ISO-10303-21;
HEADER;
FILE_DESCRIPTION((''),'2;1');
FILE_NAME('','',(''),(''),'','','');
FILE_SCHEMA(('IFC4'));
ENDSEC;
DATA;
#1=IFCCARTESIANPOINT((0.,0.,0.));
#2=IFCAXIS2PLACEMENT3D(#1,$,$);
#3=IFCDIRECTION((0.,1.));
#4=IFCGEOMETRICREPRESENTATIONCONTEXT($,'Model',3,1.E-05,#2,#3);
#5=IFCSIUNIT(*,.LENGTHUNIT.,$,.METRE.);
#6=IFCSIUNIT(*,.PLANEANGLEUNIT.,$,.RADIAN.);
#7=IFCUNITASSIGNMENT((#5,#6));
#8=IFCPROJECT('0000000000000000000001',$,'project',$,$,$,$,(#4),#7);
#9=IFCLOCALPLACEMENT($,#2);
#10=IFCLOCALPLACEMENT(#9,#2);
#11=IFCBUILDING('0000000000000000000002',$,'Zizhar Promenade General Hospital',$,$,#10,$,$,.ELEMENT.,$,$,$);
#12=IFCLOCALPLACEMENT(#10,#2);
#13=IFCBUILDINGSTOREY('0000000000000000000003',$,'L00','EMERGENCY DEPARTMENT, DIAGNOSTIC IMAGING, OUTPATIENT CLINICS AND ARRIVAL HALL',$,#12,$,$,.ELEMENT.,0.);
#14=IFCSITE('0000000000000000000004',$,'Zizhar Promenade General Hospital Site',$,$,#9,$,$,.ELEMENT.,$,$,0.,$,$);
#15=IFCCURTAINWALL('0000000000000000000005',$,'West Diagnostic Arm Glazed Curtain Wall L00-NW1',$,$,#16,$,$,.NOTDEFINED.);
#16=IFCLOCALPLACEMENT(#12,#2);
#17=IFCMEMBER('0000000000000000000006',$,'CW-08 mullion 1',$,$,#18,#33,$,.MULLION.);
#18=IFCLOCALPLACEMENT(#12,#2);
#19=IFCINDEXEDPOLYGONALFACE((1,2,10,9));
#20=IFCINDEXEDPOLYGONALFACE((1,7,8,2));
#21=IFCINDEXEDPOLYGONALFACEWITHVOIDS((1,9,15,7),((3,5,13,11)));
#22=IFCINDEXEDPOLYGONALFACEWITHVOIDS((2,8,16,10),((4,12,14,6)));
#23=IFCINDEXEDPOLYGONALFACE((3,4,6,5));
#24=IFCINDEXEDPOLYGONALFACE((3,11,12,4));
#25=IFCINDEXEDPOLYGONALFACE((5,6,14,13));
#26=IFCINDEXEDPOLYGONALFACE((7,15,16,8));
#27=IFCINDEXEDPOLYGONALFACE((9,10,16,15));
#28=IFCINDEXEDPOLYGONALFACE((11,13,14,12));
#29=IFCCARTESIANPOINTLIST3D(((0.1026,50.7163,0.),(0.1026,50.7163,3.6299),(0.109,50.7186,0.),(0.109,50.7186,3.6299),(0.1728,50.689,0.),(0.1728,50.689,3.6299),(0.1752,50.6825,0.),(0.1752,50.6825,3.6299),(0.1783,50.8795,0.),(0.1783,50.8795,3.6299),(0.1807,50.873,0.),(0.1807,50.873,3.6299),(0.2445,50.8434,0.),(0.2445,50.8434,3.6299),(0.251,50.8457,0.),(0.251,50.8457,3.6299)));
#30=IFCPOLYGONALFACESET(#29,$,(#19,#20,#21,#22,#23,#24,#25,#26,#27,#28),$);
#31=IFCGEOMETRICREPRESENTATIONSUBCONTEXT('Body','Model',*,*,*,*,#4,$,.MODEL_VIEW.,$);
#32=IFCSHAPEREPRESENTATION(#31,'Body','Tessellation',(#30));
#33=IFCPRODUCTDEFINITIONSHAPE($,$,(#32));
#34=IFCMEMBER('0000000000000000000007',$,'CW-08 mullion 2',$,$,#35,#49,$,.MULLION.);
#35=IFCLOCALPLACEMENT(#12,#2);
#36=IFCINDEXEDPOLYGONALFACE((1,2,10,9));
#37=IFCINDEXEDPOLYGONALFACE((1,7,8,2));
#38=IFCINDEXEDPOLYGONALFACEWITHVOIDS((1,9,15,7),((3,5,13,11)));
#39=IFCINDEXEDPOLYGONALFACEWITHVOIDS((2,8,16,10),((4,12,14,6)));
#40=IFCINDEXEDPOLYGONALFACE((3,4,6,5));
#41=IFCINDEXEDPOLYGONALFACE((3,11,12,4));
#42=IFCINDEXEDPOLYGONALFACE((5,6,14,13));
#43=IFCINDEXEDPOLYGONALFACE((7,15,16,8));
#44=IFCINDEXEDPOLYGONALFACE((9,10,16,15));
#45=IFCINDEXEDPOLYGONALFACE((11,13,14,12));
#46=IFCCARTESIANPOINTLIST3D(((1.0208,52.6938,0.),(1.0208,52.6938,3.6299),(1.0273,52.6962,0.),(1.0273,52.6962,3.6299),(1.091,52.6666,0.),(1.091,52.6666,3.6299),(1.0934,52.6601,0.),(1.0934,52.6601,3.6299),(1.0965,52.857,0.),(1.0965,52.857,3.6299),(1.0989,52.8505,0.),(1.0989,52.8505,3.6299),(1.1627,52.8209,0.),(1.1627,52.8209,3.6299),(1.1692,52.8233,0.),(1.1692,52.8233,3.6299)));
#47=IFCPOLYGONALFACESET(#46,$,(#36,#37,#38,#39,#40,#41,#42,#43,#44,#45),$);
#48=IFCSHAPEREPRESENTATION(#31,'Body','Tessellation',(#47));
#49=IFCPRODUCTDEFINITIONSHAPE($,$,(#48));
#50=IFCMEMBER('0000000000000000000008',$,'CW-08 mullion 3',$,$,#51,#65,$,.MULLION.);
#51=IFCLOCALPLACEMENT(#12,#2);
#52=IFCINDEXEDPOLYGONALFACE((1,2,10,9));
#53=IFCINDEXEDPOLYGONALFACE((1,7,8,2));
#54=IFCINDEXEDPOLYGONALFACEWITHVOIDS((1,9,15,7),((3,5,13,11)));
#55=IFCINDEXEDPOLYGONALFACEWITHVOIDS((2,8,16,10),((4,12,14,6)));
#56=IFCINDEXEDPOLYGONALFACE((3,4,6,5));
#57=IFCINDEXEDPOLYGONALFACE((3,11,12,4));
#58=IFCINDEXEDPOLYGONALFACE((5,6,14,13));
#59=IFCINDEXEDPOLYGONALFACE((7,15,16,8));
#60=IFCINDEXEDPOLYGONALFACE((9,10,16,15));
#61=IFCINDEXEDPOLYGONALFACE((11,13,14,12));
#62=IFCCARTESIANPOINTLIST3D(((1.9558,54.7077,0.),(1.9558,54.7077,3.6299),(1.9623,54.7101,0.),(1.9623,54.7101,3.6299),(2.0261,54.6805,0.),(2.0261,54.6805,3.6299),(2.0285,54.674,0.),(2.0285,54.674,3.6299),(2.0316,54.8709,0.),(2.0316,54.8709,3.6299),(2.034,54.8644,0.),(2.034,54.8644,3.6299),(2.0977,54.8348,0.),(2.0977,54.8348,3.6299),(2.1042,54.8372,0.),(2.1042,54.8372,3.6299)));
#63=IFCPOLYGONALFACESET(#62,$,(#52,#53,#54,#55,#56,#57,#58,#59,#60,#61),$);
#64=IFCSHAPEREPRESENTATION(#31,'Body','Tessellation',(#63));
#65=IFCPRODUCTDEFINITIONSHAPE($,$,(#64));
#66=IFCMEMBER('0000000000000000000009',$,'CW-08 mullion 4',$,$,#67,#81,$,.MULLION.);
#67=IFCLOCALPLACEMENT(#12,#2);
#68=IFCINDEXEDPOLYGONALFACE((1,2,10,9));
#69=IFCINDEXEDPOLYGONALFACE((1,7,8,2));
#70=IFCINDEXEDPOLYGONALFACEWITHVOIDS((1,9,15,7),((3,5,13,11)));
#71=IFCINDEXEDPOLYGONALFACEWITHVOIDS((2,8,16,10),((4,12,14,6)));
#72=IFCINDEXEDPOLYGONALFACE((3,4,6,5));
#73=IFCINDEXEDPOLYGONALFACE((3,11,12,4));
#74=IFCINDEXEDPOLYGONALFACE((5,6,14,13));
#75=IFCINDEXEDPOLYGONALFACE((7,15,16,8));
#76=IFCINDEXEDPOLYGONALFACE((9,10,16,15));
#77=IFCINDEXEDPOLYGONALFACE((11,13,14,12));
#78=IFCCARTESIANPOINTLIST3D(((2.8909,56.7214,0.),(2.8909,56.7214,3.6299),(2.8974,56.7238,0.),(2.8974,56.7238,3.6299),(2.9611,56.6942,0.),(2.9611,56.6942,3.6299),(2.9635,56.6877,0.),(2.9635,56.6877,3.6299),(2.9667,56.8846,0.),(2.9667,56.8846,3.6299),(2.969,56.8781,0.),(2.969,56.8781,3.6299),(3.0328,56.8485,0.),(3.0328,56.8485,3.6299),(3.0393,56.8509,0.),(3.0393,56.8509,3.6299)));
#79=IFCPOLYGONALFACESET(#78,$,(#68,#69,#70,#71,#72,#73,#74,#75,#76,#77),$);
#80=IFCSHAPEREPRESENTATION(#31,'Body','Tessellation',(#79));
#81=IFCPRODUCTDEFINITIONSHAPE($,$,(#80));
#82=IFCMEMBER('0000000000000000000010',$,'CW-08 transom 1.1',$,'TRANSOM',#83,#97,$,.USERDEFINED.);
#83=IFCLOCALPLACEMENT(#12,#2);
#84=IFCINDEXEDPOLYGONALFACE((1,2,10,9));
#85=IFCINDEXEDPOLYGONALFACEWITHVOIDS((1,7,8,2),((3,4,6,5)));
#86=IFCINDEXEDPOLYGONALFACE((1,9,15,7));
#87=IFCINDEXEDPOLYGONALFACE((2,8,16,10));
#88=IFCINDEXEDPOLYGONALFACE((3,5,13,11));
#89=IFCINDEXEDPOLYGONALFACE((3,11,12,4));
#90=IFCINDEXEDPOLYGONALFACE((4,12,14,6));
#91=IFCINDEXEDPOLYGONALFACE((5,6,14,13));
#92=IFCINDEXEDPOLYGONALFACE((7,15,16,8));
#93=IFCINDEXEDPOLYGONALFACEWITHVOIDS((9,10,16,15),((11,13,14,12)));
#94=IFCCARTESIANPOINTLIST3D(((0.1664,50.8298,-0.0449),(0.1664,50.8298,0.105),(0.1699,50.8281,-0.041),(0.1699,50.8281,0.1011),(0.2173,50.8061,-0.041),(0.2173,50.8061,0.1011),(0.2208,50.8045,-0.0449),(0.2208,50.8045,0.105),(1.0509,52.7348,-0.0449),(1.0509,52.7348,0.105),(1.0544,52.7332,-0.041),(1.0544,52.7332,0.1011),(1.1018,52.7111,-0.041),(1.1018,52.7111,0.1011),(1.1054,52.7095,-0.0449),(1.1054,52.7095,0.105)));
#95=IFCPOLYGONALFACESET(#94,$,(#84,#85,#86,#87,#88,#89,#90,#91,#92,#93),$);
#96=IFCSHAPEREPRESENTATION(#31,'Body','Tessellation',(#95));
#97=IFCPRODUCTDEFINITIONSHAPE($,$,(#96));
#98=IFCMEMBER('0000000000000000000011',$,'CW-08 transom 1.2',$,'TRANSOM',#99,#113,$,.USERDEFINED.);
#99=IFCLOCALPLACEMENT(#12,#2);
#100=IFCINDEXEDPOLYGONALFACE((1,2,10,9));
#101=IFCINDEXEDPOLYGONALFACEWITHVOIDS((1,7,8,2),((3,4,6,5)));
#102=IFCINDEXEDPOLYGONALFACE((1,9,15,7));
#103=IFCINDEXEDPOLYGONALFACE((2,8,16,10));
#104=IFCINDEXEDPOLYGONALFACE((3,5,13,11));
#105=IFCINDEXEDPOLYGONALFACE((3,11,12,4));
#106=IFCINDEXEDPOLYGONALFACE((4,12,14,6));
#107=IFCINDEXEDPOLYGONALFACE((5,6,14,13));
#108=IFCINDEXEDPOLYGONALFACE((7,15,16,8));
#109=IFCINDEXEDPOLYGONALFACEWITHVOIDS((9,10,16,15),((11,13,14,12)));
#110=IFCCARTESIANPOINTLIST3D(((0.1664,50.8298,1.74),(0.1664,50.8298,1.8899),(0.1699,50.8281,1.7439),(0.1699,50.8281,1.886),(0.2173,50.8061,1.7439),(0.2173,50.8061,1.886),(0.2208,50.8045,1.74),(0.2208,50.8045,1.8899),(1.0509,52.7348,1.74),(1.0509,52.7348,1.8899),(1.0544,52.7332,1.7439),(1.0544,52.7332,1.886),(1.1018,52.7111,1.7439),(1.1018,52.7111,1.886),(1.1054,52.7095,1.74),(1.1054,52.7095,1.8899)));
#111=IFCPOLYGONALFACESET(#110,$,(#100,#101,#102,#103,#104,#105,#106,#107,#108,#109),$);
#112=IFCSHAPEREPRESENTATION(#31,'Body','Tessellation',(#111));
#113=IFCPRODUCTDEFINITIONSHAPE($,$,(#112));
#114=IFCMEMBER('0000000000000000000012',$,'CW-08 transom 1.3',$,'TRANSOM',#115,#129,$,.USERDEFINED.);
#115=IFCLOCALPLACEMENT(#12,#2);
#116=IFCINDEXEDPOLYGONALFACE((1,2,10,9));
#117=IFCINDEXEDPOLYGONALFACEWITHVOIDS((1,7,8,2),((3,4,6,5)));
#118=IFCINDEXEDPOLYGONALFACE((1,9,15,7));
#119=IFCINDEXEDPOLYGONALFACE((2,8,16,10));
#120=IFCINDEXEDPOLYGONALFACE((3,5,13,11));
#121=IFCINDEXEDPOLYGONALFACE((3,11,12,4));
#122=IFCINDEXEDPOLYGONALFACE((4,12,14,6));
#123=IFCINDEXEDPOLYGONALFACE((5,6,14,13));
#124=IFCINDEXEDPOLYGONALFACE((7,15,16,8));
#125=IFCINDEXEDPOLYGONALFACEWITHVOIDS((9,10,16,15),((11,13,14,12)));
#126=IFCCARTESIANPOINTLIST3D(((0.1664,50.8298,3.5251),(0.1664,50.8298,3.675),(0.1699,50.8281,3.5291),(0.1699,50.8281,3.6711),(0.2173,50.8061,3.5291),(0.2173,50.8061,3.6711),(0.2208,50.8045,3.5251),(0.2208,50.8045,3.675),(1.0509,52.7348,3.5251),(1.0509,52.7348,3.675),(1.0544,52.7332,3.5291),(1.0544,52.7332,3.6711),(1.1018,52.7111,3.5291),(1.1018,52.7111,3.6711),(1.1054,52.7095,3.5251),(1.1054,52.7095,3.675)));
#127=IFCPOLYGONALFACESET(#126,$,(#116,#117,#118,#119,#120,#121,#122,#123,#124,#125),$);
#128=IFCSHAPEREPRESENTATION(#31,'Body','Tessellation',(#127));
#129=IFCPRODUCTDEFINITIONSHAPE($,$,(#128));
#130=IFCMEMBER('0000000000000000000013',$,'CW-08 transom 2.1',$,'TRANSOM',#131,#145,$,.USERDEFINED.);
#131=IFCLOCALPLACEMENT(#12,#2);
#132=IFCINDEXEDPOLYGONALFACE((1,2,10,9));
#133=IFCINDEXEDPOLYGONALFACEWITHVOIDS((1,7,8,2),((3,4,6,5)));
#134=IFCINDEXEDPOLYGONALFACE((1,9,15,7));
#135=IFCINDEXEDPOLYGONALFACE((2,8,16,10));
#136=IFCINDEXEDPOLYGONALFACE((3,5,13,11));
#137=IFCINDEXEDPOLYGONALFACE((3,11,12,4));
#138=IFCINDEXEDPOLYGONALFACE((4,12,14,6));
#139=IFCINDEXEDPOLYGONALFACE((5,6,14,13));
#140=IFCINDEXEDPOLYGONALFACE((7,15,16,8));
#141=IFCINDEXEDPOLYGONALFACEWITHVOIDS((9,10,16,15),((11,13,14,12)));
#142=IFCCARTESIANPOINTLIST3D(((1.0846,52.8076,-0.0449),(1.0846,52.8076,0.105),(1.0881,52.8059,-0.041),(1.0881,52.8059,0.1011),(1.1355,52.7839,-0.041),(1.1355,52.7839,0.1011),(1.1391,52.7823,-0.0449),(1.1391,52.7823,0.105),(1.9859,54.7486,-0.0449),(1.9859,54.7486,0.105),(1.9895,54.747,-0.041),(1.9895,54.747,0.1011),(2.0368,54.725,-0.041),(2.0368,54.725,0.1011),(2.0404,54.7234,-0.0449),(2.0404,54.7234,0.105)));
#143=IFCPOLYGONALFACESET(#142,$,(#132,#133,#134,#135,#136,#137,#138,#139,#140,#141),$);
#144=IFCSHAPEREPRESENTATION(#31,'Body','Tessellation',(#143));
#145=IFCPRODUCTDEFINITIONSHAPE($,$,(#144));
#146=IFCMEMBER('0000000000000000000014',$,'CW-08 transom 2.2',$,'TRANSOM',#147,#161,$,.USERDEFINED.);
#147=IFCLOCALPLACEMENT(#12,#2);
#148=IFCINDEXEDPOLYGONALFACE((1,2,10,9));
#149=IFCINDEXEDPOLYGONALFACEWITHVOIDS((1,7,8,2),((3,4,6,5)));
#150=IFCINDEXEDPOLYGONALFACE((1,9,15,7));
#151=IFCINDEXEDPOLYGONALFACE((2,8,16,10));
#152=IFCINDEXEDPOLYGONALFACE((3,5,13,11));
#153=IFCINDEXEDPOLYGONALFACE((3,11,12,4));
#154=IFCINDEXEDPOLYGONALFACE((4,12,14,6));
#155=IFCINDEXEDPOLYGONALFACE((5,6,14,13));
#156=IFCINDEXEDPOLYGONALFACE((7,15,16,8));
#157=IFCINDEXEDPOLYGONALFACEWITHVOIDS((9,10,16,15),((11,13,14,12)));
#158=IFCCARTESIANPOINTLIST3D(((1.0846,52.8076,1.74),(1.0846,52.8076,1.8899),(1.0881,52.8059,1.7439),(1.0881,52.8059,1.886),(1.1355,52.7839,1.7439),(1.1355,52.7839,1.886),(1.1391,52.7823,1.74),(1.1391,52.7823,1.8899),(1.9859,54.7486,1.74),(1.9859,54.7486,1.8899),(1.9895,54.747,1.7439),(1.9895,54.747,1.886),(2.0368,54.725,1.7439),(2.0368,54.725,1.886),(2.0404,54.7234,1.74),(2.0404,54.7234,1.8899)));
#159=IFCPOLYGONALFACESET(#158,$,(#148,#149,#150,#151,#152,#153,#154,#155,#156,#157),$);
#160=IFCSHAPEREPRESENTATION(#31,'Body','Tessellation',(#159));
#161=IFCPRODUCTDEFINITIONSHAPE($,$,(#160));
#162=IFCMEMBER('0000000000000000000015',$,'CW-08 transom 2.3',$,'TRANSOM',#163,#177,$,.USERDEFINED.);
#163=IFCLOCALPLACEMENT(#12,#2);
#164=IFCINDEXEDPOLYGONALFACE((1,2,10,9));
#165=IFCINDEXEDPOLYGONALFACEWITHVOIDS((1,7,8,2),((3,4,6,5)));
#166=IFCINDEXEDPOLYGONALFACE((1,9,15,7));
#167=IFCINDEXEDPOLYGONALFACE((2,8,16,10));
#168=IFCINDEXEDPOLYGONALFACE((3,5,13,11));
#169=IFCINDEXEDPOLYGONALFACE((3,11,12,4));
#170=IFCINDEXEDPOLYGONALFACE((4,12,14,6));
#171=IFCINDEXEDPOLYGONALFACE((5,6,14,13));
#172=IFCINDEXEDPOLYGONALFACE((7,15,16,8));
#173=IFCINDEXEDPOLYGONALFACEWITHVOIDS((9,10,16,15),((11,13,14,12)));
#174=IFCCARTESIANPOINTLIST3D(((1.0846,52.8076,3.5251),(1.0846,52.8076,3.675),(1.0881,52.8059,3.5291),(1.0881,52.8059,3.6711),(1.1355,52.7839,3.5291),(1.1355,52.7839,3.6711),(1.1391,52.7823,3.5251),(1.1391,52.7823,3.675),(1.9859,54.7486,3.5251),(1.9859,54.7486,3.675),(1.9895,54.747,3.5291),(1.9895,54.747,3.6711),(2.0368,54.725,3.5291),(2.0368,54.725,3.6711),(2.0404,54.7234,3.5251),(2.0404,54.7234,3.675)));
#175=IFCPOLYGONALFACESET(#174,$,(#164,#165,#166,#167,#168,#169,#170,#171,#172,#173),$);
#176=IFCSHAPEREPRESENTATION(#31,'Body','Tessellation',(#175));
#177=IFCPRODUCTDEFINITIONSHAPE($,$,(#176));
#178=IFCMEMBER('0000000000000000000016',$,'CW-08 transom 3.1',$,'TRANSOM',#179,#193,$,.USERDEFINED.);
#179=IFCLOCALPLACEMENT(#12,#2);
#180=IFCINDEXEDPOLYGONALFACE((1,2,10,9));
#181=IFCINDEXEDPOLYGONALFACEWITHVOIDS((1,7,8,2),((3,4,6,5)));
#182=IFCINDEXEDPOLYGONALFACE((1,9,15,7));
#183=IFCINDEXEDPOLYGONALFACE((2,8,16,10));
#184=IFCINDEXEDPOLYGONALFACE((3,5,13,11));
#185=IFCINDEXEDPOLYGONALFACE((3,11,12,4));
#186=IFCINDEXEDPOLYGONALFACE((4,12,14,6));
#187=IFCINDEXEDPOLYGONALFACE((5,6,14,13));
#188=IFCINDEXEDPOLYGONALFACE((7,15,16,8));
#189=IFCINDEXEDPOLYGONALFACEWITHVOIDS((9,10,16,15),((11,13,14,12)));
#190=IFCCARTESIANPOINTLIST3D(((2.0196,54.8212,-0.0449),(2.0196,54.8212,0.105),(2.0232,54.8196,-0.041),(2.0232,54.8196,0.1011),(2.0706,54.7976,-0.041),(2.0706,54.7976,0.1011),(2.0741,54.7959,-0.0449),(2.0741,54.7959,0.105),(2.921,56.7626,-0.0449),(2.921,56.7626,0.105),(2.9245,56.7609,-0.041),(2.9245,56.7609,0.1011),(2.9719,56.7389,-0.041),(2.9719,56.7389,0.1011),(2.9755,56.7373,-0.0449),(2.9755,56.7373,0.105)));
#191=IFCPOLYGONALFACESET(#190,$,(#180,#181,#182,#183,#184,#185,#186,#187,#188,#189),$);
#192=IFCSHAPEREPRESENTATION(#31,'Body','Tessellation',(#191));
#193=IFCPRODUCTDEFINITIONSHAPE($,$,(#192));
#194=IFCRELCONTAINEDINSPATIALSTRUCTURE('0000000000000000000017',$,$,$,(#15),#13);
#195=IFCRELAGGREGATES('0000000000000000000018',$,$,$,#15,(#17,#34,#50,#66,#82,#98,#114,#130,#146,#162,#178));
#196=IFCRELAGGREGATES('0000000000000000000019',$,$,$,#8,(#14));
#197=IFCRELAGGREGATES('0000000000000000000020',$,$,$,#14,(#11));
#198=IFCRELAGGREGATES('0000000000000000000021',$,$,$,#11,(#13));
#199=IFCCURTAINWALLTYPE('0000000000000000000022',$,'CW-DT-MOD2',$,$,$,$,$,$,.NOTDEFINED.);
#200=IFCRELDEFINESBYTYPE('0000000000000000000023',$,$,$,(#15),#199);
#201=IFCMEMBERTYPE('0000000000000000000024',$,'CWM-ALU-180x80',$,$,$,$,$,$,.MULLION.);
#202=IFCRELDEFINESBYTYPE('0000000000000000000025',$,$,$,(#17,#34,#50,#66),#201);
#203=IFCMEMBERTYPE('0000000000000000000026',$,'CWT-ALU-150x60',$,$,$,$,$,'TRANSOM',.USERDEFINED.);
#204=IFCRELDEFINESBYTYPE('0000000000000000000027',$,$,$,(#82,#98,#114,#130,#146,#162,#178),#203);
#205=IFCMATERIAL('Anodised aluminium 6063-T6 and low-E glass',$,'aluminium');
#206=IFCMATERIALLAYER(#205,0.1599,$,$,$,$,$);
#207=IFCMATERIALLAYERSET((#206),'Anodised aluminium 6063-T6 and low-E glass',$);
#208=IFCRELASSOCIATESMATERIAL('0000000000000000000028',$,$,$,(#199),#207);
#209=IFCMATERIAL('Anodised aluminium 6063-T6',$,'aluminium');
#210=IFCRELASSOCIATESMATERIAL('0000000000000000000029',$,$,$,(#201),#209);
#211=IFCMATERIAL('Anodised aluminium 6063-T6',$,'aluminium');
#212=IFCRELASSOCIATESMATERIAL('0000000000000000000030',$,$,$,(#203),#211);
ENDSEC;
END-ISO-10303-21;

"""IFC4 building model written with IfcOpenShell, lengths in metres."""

from ifc_helpers import new_model, si_unit, direction, frame, origin, origin_2d, place, context, subcontext, project, spatial, hollow_rectangle, extrude, material, layer, layer_set, material_profile, profile_set, type_object, element, aggregate, save


model = new_model("IFC4")

# Units and contexts
model_context = context("Model", 3, precision=1e-05, world=origin(), true_north=direction((0.0, 1.0)))
body_context = subcontext(model_context, "Body", "Model", "MODEL_VIEW")
ifc_project = project(units=[si_unit("LENGTHUNIT", "METRE"), si_unit("PLANEANGLEUNIT", "RADIAN")], contexts=[model_context])

# Site, building, storey
site_placement = place(None, origin())
site = spatial("IfcSite", under=ifc_project, at=site_placement, Name="Zizhar Promenade General Hospital Site", CompositionType="ELEMENT", RefElevation=0.0)
building_placement = place(site_placement, origin())
building = spatial("IfcBuilding", under=site, at=building_placement, Name="Zizhar Promenade General Hospital", CompositionType="ELEMENT")
storey_placement = place(building_placement, origin())
storey = spatial("IfcBuildingStorey", under=building, at=storey_placement, Name="L00", Description="EMERGENCY DEPARTMENT, DIAGNOSTIC IMAGING, OUTPATIENT CLINICS AND ARRIVAL HALL", CompositionType="ELEMENT", Elevation=0.0)

# Curtain wall, members
ifc_material_1 = material(Name="Anodised aluminium 6063-T6 and low-E glass", Category="aluminium")
ifc_layer_1 = layer(ifc_material_1, 0.1599)
ifc_layer_set_1 = layer_set([ifc_layer_1], Name="Anodised aluminium 6063-T6 and low-E glass")
curtain_wall_type = type_object("IfcCurtainWallType", Name="CW-DT-MOD2", PredefinedType="NOTDEFINED", material=ifc_layer_set_1)
curtain_wall_placement = place(storey_placement, origin())
curtain_wall = element("IfcCurtainWall", 1, at=curtain_wall_placement, inside=storey, type_object=curtain_wall_type, Name="West Diagnostic Arm Glazed Curtain Wall L00-NW1", PredefinedType="NOTDEFINED")
ifc_material_2 = material(Name="Anodised aluminium 6063-T6", Category="aluminium")
ifc_material_profile_1 = material_profile(ifc_material_2, hollow_rectangle(XDim=0.0801, YDim=0.1799, WallThickness=0.0049, at=origin_2d()))
ifc_profile_set_1 = profile_set([ifc_material_profile_1], Name="Anodised aluminium 6063-T6")
member_type_1 = type_object("IfcMemberType", Name="CWM-ALU-180x80", PredefinedType="MULLION", material=ifc_profile_set_1)
member_1_placement = place(storey_placement, frame((0.1768, 50.781, 0.0), z_axis=(0.0, 0.0, 1.0), x_axis=(-0.907007, 0.421115, 0.0)))
member_1 = element("IfcMember", 2, at=member_1_placement, type_object=member_type_1, Name="CW-08 mullion 1", PredefinedType="MULLION", context=body_context, shape_type="SweptSolid", body=[
    extrude(hollow_rectangle(XDim=0.0801, YDim=0.1799, WallThickness=0.0049, at=origin_2d()), origin(), (0.0, 0.0, 1.0), 3.6299),
])
member_2_placement = place(storey_placement, frame((1.095, 52.7585, 0.0), z_axis=(0.0, 0.0, 1.0), x_axis=(-0.907007, 0.421115, 0.0)))
member_2 = element("IfcMember", 3, at=member_2_placement, type_object=member_type_1, Name="CW-08 mullion 2", PredefinedType="MULLION", context=body_context, shape_type="SweptSolid", body=[
    extrude(hollow_rectangle(XDim=0.0801, YDim=0.1799, WallThickness=0.0049, at=origin_2d()), origin(), (0.0, 0.0, 1.0), 3.6299),
])
member_3_placement = place(storey_placement, frame((2.03, 54.7725, 0.0), z_axis=(0.0, 0.0, 1.0), x_axis=(-0.907007, 0.421115, 0.0)))
member_3 = element("IfcMember", 4, at=member_3_placement, type_object=member_type_1, Name="CW-08 mullion 3", PredefinedType="MULLION", context=body_context, shape_type="SweptSolid", body=[
    extrude(hollow_rectangle(XDim=0.0801, YDim=0.1799, WallThickness=0.0049, at=origin_2d()), origin(), (0.0, 0.0, 1.0), 3.6299),
])
member_4_placement = place(storey_placement, frame((2.9651, 56.7861, 0.0), z_axis=(0.0, 0.0, 1.0), x_axis=(-0.907007, 0.421115, 0.0)))
member_4 = element("IfcMember", 5, at=member_4_placement, type_object=member_type_1, Name="CW-08 mullion 4", PredefinedType="MULLION", context=body_context, shape_type="SweptSolid", body=[
    extrude(hollow_rectangle(XDim=0.0801, YDim=0.1799, WallThickness=0.0049, at=origin_2d()), origin(), (0.0, 0.0, 1.0), 3.6299),
])
ifc_material_3 = material(Name="Anodised aluminium 6063-T6", Category="aluminium")
ifc_material_profile_2 = material_profile(ifc_material_3, hollow_rectangle(XDim=0.0601, YDim=0.1499, WallThickness=0.0039, at=origin_2d()))
ifc_profile_set_2 = profile_set([ifc_material_profile_2], Name="Anodised aluminium 6063-T6")
member_type_2 = type_object("IfcMemberType", Name="CWT-ALU-150x60", ElementType="TRANSOM", PredefinedType="USERDEFINED", material=ifc_profile_set_2)
member_5_placement = place(storey_placement, frame((0.1936, 50.8171, 0.03), z_axis=(0.421128, 0.907001, 0.0), x_axis=(-0.907001, 0.421128, 0.0)))
member_5 = element("IfcMember", 6, at=member_5_placement, type_object=member_type_2, Name="CW-08 transom 1.1", ObjectType="TRANSOM", PredefinedType="USERDEFINED", context=body_context, shape_type="SweptSolid", body=[
    extrude(hollow_rectangle(XDim=0.0601, YDim=0.1499, WallThickness=0.0039, at=origin_2d()), origin(), (0.0, 0.0, 1.0), 2.1003),
])
member_6_placement = place(storey_placement, frame((0.1936, 50.8171, 1.8149), z_axis=(0.421128, 0.907001, 0.0), x_axis=(-0.907001, 0.421128, 0.0)))
member_6 = element("IfcMember", 7, at=member_6_placement, type_object=member_type_2, Name="CW-08 transom 1.2", ObjectType="TRANSOM", PredefinedType="USERDEFINED", context=body_context, shape_type="SweptSolid", body=[
    extrude(hollow_rectangle(XDim=0.0601, YDim=0.1499, WallThickness=0.0039, at=origin_2d()), origin(), (0.0, 0.0, 1.0), 2.1003),
])
member_7_placement = place(storey_placement, frame((0.1936, 50.8171, 3.6001), z_axis=(0.421128, 0.907001, 0.0), x_axis=(-0.907001, 0.421128, 0.0)))
member_7 = element("IfcMember", 8, at=member_7_placement, type_object=member_type_2, Name="CW-08 transom 1.3", ObjectType="TRANSOM", PredefinedType="USERDEFINED", context=body_context, shape_type="SweptSolid", body=[
    extrude(hollow_rectangle(XDim=0.0601, YDim=0.1499, WallThickness=0.0039, at=origin_2d()), origin(), (0.0, 0.0, 1.0), 2.1003),
])
member_8_placement = place(storey_placement, frame((1.1118, 52.7949, 0.03), z_axis=(0.421155, 0.906989, 0.0), x_axis=(-0.906989, 0.421155, 0.0)))
member_8 = element("IfcMember", 9, at=member_8_placement, type_object=member_type_2, Name="CW-08 transom 2.1", ObjectType="TRANSOM", PredefinedType="USERDEFINED", context=body_context, shape_type="SweptSolid", body=[
    extrude(hollow_rectangle(XDim=0.0601, YDim=0.1499, WallThickness=0.0039, at=origin_2d()), origin(), (0.0, 0.0, 1.0), 2.1401),
])
member_9_placement = place(storey_placement, frame((1.1118, 52.7949, 1.8149), z_axis=(0.421155, 0.906989, 0.0), x_axis=(-0.906989, 0.421155, 0.0)))
member_9 = element("IfcMember", 10, at=member_9_placement, type_object=member_type_2, Name="CW-08 transom 2.2", ObjectType="TRANSOM", PredefinedType="USERDEFINED", context=body_context, shape_type="SweptSolid", body=[
    extrude(hollow_rectangle(XDim=0.0601, YDim=0.1499, WallThickness=0.0039, at=origin_2d()), origin(), (0.0, 0.0, 1.0), 2.1401),
])
member_10_placement = place(storey_placement, frame((1.1118, 52.7949, 3.6001), z_axis=(0.421155, 0.906989, 0.0), x_axis=(-0.906989, 0.421155, 0.0)))
member_10 = element("IfcMember", 11, at=member_10_placement, type_object=member_type_2, Name="CW-08 transom 2.3", ObjectType="TRANSOM", PredefinedType="USERDEFINED", context=body_context, shape_type="SweptSolid", body=[
    extrude(hollow_rectangle(XDim=0.0601, YDim=0.1499, WallThickness=0.0039, at=origin_2d()), origin(), (0.0, 0.0, 1.0), 2.1401),
])
member_11_placement = place(storey_placement, frame((2.0469, 54.8086, 0.03), z_axis=(0.421111, 0.907009, 0.0), x_axis=(-0.907009, 0.421111, 0.0)))
member_11 = element("IfcMember", 12, at=member_11_placement, type_object=member_type_2, Name="CW-08 transom 3.1", ObjectType="TRANSOM", PredefinedType="USERDEFINED", context=body_context, shape_type="SweptSolid", body=[
    extrude(hollow_rectangle(XDim=0.0601, YDim=0.1499, WallThickness=0.0039, at=origin_2d()), origin(), (0.0, 0.0, 1.0), 2.1404),
])
aggregate(curtain_wall, [member_1, member_2, member_3, member_4, member_5, member_6, member_7, member_8, member_9, member_10, member_11])

save(model, "model.ifc")
